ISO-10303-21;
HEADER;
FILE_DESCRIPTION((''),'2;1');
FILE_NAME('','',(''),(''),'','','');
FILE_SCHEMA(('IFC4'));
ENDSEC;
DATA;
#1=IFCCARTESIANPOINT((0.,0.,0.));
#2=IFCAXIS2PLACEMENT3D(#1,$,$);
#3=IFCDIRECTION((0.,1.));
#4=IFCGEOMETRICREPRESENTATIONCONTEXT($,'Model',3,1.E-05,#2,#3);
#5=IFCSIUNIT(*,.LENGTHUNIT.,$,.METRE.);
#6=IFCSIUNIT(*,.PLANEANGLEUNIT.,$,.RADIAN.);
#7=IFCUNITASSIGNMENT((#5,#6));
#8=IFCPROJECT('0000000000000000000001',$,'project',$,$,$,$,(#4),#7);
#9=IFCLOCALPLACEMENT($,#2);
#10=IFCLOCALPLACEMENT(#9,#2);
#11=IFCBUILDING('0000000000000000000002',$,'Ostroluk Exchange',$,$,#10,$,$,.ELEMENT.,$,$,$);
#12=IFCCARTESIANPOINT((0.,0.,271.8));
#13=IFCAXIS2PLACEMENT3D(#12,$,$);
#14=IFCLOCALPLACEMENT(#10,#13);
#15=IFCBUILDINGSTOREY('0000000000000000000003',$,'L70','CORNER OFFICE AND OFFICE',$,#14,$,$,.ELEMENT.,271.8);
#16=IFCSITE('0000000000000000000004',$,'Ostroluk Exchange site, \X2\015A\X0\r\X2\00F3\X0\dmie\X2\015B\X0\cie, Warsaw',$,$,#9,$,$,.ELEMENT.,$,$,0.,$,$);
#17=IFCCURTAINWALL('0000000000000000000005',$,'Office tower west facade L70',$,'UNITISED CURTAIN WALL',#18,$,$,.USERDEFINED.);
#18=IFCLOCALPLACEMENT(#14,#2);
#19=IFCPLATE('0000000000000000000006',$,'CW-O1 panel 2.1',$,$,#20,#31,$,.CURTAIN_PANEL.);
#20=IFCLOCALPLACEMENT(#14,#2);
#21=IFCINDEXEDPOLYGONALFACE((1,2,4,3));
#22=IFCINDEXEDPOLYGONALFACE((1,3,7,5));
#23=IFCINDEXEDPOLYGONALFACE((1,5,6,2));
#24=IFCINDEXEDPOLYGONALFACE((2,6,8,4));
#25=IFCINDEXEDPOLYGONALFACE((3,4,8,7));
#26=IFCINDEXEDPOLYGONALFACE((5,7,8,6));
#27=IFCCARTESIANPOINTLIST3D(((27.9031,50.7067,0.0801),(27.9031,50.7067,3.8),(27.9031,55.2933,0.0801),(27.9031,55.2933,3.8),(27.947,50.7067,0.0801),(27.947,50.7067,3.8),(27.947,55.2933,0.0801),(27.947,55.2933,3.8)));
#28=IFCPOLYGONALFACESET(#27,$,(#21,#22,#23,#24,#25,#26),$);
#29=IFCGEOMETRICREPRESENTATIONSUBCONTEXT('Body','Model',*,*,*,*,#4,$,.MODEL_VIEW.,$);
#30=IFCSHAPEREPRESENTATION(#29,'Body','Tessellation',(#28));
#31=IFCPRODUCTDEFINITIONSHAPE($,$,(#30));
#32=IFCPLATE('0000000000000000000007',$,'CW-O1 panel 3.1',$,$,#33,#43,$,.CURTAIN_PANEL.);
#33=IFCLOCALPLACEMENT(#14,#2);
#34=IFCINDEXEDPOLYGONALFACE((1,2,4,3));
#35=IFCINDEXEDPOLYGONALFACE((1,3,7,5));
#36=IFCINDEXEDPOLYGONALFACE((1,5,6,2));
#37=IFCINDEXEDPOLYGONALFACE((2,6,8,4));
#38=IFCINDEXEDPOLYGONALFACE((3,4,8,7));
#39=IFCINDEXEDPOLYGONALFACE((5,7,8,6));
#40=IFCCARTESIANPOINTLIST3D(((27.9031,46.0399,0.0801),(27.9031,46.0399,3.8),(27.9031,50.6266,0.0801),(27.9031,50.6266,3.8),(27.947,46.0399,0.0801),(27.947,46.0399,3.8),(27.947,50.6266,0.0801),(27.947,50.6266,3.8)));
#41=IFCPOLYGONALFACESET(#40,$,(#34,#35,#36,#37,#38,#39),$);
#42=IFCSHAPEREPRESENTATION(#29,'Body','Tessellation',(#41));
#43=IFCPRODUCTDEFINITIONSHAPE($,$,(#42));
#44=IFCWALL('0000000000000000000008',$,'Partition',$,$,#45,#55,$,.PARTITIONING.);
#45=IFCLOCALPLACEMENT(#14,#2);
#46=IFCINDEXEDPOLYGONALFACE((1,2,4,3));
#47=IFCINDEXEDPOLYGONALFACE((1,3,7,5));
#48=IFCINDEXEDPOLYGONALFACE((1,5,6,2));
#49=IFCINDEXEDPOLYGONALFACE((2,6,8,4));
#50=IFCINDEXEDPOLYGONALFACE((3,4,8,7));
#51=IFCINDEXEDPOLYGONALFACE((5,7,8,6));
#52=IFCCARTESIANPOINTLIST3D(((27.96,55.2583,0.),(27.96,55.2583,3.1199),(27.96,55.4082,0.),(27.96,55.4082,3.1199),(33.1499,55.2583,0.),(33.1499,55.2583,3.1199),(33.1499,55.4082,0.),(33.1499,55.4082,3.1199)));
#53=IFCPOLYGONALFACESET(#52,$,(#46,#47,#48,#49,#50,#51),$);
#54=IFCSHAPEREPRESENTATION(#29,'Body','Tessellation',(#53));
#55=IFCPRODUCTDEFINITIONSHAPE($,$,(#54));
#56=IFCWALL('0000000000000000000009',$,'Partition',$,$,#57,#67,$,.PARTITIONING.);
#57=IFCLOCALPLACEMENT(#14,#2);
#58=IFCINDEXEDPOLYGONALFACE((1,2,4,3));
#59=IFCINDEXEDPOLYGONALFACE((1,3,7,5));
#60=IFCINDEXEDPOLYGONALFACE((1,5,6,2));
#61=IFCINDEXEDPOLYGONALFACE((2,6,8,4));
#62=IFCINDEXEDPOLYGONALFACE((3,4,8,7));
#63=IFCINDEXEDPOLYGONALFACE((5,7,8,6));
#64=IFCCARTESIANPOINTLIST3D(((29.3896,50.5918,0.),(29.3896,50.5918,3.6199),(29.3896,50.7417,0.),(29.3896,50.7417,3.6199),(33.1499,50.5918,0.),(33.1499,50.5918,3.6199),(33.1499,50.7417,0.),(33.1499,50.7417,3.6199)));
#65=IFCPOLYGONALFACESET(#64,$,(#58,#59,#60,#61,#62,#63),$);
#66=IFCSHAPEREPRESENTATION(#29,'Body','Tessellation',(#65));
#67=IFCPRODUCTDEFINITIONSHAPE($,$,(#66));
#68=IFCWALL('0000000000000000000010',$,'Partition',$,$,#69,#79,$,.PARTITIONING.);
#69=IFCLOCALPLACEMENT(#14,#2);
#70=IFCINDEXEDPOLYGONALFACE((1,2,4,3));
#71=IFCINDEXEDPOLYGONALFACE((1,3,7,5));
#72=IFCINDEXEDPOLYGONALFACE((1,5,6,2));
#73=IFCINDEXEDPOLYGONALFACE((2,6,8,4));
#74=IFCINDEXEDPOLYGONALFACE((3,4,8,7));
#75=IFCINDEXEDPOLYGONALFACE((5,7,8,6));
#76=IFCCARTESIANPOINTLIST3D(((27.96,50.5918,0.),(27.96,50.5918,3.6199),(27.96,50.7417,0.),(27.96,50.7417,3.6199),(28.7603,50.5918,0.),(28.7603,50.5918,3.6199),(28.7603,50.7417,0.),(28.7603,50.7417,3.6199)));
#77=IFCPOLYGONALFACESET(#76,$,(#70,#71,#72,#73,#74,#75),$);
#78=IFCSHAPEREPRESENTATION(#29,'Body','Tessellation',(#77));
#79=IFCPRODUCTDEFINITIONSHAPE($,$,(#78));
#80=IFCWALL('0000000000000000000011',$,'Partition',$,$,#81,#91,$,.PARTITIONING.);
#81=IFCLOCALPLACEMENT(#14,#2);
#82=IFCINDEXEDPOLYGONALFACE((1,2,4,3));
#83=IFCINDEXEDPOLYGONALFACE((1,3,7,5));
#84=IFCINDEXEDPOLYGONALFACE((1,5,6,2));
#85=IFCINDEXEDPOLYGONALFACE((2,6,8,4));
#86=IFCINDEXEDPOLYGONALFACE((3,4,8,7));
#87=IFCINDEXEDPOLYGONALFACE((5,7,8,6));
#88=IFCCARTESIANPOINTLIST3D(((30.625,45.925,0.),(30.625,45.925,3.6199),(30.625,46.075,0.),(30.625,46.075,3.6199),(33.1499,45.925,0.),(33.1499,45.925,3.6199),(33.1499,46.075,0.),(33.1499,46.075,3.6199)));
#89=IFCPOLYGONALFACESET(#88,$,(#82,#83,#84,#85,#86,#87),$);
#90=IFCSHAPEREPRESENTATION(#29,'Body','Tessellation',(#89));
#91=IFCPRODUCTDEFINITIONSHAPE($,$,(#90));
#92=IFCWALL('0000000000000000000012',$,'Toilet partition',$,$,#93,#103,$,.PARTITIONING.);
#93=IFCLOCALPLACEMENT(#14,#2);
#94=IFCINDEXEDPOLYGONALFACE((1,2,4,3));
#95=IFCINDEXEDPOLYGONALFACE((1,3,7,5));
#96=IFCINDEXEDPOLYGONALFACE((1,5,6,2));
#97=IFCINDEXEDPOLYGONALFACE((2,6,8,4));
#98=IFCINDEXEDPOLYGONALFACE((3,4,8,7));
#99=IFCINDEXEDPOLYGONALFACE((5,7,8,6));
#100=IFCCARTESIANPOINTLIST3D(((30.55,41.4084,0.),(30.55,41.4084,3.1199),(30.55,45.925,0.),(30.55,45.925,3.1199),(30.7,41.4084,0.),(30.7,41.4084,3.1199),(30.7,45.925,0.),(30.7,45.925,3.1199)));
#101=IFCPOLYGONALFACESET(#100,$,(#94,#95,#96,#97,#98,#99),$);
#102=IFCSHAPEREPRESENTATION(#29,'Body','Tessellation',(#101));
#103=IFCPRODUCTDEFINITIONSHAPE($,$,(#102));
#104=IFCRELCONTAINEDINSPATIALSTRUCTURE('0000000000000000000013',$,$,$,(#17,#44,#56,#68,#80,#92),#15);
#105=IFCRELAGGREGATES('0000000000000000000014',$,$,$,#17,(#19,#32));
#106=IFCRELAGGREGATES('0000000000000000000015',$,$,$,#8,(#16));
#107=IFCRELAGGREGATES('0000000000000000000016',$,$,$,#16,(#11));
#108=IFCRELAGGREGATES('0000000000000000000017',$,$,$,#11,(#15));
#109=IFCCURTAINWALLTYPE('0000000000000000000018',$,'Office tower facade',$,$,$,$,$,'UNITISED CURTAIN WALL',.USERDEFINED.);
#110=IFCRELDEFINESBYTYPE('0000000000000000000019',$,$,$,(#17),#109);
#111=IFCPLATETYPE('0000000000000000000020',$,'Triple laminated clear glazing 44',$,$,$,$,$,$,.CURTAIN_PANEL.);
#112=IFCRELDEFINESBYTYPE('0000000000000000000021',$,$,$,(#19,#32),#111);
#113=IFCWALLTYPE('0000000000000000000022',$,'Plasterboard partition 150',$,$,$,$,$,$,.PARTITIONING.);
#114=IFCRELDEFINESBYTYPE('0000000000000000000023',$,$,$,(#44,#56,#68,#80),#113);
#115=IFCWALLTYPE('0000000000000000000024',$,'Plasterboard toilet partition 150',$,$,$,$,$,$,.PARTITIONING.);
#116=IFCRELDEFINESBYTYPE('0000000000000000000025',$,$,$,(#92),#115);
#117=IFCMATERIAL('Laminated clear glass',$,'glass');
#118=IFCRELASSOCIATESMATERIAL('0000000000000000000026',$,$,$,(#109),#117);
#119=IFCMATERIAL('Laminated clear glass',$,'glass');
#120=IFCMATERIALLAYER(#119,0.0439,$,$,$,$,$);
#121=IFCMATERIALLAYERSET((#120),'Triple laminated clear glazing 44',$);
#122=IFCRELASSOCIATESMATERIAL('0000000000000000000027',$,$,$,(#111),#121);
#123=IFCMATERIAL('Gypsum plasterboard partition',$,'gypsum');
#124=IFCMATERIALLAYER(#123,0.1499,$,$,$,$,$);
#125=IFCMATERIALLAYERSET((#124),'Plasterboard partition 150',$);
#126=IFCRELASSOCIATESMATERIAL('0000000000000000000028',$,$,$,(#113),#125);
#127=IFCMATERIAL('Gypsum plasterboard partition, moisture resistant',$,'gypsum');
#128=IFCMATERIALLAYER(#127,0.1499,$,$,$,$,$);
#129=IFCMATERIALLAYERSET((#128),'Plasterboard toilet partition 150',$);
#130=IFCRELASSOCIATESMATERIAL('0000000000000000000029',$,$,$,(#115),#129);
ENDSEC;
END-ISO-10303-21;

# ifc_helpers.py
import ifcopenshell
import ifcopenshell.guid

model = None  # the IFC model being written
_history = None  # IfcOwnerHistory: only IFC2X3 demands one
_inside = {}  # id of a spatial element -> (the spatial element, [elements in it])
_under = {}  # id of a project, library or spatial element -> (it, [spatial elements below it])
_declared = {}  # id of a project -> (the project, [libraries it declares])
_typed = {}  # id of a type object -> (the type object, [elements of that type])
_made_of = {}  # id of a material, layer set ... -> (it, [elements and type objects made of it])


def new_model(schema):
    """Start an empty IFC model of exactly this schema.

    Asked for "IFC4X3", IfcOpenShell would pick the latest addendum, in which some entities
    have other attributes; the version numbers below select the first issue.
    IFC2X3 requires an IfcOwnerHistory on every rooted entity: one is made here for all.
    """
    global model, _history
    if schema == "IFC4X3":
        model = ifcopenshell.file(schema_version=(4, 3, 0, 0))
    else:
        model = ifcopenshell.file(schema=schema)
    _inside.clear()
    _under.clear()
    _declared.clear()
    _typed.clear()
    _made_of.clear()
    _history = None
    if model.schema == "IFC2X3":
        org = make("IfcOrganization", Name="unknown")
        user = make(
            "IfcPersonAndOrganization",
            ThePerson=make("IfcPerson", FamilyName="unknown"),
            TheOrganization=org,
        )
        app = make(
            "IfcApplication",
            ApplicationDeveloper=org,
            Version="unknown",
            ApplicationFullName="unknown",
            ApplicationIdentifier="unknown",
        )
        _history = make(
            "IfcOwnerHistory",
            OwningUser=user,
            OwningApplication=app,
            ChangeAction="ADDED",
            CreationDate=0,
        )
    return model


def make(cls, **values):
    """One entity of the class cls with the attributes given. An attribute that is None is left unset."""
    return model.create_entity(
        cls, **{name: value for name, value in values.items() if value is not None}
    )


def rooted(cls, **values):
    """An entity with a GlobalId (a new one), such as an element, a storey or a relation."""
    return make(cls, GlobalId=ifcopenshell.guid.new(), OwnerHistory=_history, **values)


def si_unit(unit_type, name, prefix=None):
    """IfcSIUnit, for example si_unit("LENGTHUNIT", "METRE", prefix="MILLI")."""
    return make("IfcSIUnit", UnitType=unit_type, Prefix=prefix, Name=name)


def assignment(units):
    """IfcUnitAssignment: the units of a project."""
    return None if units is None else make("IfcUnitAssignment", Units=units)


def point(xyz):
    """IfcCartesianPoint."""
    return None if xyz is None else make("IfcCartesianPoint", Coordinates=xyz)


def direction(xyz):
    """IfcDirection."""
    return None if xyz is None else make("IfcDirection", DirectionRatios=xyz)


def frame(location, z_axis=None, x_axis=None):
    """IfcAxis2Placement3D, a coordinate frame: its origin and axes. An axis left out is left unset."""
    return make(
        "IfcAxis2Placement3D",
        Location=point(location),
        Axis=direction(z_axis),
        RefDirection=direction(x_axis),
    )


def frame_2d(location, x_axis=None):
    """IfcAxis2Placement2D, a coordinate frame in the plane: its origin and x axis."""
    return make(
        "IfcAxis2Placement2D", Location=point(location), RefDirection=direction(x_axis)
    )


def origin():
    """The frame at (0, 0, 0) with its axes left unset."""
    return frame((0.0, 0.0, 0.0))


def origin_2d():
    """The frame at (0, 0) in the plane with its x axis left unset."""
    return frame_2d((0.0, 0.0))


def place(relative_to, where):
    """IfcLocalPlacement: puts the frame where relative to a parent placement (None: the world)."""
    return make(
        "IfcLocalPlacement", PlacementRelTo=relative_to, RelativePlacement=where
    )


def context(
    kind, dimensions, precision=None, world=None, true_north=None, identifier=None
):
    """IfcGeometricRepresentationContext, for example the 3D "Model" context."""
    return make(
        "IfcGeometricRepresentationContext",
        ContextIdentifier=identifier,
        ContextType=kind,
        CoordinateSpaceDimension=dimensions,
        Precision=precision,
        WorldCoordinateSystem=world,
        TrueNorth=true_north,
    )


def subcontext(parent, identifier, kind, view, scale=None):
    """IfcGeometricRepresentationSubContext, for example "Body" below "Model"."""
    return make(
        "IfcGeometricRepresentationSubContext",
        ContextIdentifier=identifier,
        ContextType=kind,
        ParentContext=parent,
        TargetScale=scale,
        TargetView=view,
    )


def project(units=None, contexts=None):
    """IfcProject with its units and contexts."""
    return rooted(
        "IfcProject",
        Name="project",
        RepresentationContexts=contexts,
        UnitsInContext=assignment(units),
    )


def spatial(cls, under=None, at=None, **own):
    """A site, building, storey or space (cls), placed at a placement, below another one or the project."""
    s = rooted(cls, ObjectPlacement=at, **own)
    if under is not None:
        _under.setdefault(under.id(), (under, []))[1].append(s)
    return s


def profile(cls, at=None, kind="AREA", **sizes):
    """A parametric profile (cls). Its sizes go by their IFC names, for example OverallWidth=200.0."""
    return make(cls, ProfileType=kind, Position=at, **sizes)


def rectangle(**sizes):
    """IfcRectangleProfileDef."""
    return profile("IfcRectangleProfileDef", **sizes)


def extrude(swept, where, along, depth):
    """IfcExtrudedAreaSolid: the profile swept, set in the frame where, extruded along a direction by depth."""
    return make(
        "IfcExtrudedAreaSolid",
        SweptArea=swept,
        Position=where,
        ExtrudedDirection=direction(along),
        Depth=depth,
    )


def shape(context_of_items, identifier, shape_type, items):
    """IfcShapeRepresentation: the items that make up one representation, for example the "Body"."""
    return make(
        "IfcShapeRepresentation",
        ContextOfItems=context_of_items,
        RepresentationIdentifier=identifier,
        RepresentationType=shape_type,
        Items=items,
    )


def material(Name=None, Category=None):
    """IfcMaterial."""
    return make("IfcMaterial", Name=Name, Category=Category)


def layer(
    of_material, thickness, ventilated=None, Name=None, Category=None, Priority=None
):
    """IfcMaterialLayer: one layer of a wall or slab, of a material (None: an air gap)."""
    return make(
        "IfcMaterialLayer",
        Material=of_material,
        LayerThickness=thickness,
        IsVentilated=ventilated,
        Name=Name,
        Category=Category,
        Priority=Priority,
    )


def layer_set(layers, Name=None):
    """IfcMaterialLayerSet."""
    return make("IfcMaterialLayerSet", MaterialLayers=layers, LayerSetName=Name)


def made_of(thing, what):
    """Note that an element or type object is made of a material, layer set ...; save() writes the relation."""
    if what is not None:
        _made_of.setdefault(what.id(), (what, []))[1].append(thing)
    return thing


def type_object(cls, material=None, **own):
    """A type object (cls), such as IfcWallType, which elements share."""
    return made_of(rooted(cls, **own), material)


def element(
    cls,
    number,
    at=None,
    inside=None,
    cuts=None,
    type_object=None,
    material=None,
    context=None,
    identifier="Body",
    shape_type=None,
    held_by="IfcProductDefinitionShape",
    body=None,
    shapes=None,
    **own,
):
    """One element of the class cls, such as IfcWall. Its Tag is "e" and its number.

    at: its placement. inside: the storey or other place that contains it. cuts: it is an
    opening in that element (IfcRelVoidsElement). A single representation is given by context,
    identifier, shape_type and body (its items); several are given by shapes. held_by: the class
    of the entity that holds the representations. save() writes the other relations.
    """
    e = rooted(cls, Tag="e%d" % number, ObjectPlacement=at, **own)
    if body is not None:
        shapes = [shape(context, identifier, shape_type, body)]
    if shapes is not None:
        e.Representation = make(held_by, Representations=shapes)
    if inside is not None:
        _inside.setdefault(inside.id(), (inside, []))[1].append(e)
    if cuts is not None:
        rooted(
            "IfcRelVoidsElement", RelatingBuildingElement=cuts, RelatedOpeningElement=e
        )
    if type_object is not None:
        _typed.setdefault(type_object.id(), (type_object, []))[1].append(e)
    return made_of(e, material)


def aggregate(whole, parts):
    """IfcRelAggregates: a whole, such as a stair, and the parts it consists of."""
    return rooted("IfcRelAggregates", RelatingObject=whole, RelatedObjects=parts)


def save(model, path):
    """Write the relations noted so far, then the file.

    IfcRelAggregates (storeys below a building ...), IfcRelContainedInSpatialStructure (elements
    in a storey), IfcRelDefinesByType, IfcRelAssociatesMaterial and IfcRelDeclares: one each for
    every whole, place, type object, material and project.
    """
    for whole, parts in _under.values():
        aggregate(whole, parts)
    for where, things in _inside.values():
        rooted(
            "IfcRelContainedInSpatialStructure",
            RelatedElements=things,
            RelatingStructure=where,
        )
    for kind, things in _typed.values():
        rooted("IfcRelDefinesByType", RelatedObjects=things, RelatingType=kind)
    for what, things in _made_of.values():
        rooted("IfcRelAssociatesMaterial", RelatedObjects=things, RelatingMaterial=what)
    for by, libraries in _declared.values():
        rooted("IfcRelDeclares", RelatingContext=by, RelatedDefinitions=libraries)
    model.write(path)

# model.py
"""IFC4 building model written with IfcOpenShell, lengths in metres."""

from ifc_helpers import new_model, si_unit, direction, frame, frame_2d, origin, origin_2d, place, context, subcontext, project, spatial, rectangle, extrude, material, layer, layer_set, type_object, element, aggregate, save


model = new_model("IFC4")

# Units and contexts
model_context = context("Model", 3, precision=1e-05, world=origin(), true_north=direction((0.0, 1.0)))
body_context = subcontext(model_context, "Body", "Model", "MODEL_VIEW")
ifc_project = project(units=[si_unit("LENGTHUNIT", "METRE"), si_unit("PLANEANGLEUNIT", "RADIAN")], contexts=[model_context])

# Site, building, storey
site_placement = place(None, origin())
site = spatial("IfcSite", under=ifc_project, at=site_placement, Name="Ostroluk Exchange site, Śródmieście, Warsaw", CompositionType="ELEMENT", RefElevation=0.0)
building_placement = place(site_placement, origin())
building = spatial("IfcBuilding", under=site, at=building_placement, Name="Ostroluk Exchange", CompositionType="ELEMENT")
storey_placement = place(building_placement, frame((0.0, 0.0, 271.8)))
storey = spatial("IfcBuildingStorey", under=building, at=storey_placement, Name="L70", Description="CORNER OFFICE AND OFFICE", CompositionType="ELEMENT", Elevation=271.8)

# Curtain wall, plates
ifc_material_1 = material(Name="Laminated clear glass", Category="glass")
curtain_wall_type = type_object("IfcCurtainWallType", Name="Office tower facade", ElementType="UNITISED CURTAIN WALL", PredefinedType="USERDEFINED", material=ifc_material_1)
curtain_wall_placement = place(storey_placement, origin())
curtain_wall = element("IfcCurtainWall", 1, at=curtain_wall_placement, inside=storey, type_object=curtain_wall_type, Name="Office tower west facade L70", ObjectType="UNITISED CURTAIN WALL", PredefinedType="USERDEFINED")
ifc_material_2 = material(Name="Laminated clear glass", Category="glass")
ifc_layer_1 = layer(ifc_material_2, 0.0439)
ifc_layer_set_1 = layer_set([ifc_layer_1], Name="Triple laminated clear glazing 44")
plate_type = type_object("IfcPlateType", Name="Triple laminated clear glazing 44", PredefinedType="CURTAIN_PANEL", material=ifc_layer_set_1)
plate_1_placement = place(storey_placement, frame((27.925, 53.0, 0.0801), z_axis=(0.0, 0.0, 1.0), x_axis=(0.0, -1.0, 0.0)))
plate_1 = element("IfcPlate", 2, at=plate_1_placement, type_object=plate_type, Name="CW-O1 panel 2.1", PredefinedType="CURTAIN_PANEL", context=body_context, shape_type="SweptSolid", body=[
    extrude(rectangle(XDim=4.5867, YDim=0.0439, at=origin_2d()), origin(), (0.0, 0.0, 1.0), 3.72),
])
plate_2_placement = place(storey_placement, frame((27.925, 48.3333, 0.0801), z_axis=(0.0, 0.0, 1.0), x_axis=(0.0, -1.0, 0.0)))
plate_2 = element("IfcPlate", 3, at=plate_2_placement, type_object=plate_type, Name="CW-O1 panel 3.1", PredefinedType="CURTAIN_PANEL", context=body_context, shape_type="SweptSolid", body=[
    extrude(rectangle(XDim=4.5867, YDim=0.0439, at=origin_2d()), origin(), (0.0, 0.0, 1.0), 3.72),
])
aggregate(curtain_wall, [plate_1, plate_2])

# Walls
ifc_material_3 = material(Name="Gypsum plasterboard partition", Category="gypsum")
ifc_layer_2 = layer(ifc_material_3, 0.1499)
ifc_layer_set_2 = layer_set([ifc_layer_2], Name="Plasterboard partition 150")
wall_type_1 = type_object("IfcWallType", Name="Plasterboard partition 150", PredefinedType="PARTITIONING", material=ifc_layer_set_2)
wall_1_placement = place(storey_placement, frame((33.1499, 55.3333, 0.0), z_axis=(0.0, 0.0, 1.0), x_axis=(-1.0, 0.0, 0.0)))
element("IfcWall", 4, at=wall_1_placement, inside=storey, type_object=wall_type_1, Name="Partition", PredefinedType="PARTITIONING", context=body_context, shape_type="SweptSolid", body=[
    extrude(rectangle(XDim=5.1899, YDim=0.1499, at=frame_2d((2.595, 0.0))), origin(), (0.0, 0.0, 1.0), 3.1199),
])
wall_2_placement = place(storey_placement, frame((33.1499, 50.6667, 0.0), z_axis=(0.0, 0.0, 1.0), x_axis=(-1.0, 0.0, 0.0)))
element("IfcWall", 5, at=wall_2_placement, inside=storey, type_object=wall_type_1, Name="Partition", PredefinedType="PARTITIONING", context=body_context, shape_type="SweptSolid", body=[
    extrude(rectangle(XDim=3.7603, YDim=0.1499, at=frame_2d((1.8801, 0.0))), origin(), (0.0, 0.0, 1.0), 3.6199),
])
wall_3_placement = place(storey_placement, frame((28.7603, 50.6667, 0.0), z_axis=(0.0, 0.0, 1.0), x_axis=(-1.0, 0.0, 0.0)))
element("IfcWall", 6, at=wall_3_placement, inside=storey, type_object=wall_type_1, Name="Partition", PredefinedType="PARTITIONING", context=body_context, shape_type="SweptSolid", body=[
    extrude(rectangle(XDim=0.8003, YDim=0.1499, at=frame_2d((0.4001, 0.0))), origin(), (0.0, 0.0, 1.0), 3.6199),
])
wall_4_placement = place(storey_placement, frame((33.1499, 46.0, 0.0), z_axis=(0.0, 0.0, 1.0), x_axis=(-1.0, 0.0, 0.0)))
element("IfcWall", 7, at=wall_4_placement, inside=storey, type_object=wall_type_1, Name="Partition", PredefinedType="PARTITIONING", context=body_context, shape_type="SweptSolid", body=[
    extrude(rectangle(XDim=2.5249, YDim=0.1499, at=frame_2d((1.2625, 0.0))), origin(), (0.0, 0.0, 1.0), 3.6199),
])
ifc_material_4 = material(Name="Gypsum plasterboard partition, moisture resistant", Category="gypsum")
ifc_layer_3 = layer(ifc_material_4, 0.1499)
ifc_layer_set_3 = layer_set([ifc_layer_3], Name="Plasterboard toilet partition 150")
wall_type_2 = type_object("IfcWallType", Name="Plasterboard toilet partition 150", PredefinedType="PARTITIONING", material=ifc_layer_set_3)
wall_5_placement = place(storey_placement, frame((30.625, 45.925, 0.0), z_axis=(0.0, 0.0, 1.0), x_axis=(0.0, -1.0, 0.0)))
element("IfcWall", 8, at=wall_5_placement, inside=storey, type_object=wall_type_2, Name="Toilet partition", PredefinedType="PARTITIONING", context=body_context, shape_type="SweptSolid", body=[
    extrude(rectangle(XDim=4.5166, YDim=0.1499, at=frame_2d((2.2583, 0.0))), origin(), (0.0, 0.0, 1.0), 3.1199),
])

save(model, "model.ifc")
